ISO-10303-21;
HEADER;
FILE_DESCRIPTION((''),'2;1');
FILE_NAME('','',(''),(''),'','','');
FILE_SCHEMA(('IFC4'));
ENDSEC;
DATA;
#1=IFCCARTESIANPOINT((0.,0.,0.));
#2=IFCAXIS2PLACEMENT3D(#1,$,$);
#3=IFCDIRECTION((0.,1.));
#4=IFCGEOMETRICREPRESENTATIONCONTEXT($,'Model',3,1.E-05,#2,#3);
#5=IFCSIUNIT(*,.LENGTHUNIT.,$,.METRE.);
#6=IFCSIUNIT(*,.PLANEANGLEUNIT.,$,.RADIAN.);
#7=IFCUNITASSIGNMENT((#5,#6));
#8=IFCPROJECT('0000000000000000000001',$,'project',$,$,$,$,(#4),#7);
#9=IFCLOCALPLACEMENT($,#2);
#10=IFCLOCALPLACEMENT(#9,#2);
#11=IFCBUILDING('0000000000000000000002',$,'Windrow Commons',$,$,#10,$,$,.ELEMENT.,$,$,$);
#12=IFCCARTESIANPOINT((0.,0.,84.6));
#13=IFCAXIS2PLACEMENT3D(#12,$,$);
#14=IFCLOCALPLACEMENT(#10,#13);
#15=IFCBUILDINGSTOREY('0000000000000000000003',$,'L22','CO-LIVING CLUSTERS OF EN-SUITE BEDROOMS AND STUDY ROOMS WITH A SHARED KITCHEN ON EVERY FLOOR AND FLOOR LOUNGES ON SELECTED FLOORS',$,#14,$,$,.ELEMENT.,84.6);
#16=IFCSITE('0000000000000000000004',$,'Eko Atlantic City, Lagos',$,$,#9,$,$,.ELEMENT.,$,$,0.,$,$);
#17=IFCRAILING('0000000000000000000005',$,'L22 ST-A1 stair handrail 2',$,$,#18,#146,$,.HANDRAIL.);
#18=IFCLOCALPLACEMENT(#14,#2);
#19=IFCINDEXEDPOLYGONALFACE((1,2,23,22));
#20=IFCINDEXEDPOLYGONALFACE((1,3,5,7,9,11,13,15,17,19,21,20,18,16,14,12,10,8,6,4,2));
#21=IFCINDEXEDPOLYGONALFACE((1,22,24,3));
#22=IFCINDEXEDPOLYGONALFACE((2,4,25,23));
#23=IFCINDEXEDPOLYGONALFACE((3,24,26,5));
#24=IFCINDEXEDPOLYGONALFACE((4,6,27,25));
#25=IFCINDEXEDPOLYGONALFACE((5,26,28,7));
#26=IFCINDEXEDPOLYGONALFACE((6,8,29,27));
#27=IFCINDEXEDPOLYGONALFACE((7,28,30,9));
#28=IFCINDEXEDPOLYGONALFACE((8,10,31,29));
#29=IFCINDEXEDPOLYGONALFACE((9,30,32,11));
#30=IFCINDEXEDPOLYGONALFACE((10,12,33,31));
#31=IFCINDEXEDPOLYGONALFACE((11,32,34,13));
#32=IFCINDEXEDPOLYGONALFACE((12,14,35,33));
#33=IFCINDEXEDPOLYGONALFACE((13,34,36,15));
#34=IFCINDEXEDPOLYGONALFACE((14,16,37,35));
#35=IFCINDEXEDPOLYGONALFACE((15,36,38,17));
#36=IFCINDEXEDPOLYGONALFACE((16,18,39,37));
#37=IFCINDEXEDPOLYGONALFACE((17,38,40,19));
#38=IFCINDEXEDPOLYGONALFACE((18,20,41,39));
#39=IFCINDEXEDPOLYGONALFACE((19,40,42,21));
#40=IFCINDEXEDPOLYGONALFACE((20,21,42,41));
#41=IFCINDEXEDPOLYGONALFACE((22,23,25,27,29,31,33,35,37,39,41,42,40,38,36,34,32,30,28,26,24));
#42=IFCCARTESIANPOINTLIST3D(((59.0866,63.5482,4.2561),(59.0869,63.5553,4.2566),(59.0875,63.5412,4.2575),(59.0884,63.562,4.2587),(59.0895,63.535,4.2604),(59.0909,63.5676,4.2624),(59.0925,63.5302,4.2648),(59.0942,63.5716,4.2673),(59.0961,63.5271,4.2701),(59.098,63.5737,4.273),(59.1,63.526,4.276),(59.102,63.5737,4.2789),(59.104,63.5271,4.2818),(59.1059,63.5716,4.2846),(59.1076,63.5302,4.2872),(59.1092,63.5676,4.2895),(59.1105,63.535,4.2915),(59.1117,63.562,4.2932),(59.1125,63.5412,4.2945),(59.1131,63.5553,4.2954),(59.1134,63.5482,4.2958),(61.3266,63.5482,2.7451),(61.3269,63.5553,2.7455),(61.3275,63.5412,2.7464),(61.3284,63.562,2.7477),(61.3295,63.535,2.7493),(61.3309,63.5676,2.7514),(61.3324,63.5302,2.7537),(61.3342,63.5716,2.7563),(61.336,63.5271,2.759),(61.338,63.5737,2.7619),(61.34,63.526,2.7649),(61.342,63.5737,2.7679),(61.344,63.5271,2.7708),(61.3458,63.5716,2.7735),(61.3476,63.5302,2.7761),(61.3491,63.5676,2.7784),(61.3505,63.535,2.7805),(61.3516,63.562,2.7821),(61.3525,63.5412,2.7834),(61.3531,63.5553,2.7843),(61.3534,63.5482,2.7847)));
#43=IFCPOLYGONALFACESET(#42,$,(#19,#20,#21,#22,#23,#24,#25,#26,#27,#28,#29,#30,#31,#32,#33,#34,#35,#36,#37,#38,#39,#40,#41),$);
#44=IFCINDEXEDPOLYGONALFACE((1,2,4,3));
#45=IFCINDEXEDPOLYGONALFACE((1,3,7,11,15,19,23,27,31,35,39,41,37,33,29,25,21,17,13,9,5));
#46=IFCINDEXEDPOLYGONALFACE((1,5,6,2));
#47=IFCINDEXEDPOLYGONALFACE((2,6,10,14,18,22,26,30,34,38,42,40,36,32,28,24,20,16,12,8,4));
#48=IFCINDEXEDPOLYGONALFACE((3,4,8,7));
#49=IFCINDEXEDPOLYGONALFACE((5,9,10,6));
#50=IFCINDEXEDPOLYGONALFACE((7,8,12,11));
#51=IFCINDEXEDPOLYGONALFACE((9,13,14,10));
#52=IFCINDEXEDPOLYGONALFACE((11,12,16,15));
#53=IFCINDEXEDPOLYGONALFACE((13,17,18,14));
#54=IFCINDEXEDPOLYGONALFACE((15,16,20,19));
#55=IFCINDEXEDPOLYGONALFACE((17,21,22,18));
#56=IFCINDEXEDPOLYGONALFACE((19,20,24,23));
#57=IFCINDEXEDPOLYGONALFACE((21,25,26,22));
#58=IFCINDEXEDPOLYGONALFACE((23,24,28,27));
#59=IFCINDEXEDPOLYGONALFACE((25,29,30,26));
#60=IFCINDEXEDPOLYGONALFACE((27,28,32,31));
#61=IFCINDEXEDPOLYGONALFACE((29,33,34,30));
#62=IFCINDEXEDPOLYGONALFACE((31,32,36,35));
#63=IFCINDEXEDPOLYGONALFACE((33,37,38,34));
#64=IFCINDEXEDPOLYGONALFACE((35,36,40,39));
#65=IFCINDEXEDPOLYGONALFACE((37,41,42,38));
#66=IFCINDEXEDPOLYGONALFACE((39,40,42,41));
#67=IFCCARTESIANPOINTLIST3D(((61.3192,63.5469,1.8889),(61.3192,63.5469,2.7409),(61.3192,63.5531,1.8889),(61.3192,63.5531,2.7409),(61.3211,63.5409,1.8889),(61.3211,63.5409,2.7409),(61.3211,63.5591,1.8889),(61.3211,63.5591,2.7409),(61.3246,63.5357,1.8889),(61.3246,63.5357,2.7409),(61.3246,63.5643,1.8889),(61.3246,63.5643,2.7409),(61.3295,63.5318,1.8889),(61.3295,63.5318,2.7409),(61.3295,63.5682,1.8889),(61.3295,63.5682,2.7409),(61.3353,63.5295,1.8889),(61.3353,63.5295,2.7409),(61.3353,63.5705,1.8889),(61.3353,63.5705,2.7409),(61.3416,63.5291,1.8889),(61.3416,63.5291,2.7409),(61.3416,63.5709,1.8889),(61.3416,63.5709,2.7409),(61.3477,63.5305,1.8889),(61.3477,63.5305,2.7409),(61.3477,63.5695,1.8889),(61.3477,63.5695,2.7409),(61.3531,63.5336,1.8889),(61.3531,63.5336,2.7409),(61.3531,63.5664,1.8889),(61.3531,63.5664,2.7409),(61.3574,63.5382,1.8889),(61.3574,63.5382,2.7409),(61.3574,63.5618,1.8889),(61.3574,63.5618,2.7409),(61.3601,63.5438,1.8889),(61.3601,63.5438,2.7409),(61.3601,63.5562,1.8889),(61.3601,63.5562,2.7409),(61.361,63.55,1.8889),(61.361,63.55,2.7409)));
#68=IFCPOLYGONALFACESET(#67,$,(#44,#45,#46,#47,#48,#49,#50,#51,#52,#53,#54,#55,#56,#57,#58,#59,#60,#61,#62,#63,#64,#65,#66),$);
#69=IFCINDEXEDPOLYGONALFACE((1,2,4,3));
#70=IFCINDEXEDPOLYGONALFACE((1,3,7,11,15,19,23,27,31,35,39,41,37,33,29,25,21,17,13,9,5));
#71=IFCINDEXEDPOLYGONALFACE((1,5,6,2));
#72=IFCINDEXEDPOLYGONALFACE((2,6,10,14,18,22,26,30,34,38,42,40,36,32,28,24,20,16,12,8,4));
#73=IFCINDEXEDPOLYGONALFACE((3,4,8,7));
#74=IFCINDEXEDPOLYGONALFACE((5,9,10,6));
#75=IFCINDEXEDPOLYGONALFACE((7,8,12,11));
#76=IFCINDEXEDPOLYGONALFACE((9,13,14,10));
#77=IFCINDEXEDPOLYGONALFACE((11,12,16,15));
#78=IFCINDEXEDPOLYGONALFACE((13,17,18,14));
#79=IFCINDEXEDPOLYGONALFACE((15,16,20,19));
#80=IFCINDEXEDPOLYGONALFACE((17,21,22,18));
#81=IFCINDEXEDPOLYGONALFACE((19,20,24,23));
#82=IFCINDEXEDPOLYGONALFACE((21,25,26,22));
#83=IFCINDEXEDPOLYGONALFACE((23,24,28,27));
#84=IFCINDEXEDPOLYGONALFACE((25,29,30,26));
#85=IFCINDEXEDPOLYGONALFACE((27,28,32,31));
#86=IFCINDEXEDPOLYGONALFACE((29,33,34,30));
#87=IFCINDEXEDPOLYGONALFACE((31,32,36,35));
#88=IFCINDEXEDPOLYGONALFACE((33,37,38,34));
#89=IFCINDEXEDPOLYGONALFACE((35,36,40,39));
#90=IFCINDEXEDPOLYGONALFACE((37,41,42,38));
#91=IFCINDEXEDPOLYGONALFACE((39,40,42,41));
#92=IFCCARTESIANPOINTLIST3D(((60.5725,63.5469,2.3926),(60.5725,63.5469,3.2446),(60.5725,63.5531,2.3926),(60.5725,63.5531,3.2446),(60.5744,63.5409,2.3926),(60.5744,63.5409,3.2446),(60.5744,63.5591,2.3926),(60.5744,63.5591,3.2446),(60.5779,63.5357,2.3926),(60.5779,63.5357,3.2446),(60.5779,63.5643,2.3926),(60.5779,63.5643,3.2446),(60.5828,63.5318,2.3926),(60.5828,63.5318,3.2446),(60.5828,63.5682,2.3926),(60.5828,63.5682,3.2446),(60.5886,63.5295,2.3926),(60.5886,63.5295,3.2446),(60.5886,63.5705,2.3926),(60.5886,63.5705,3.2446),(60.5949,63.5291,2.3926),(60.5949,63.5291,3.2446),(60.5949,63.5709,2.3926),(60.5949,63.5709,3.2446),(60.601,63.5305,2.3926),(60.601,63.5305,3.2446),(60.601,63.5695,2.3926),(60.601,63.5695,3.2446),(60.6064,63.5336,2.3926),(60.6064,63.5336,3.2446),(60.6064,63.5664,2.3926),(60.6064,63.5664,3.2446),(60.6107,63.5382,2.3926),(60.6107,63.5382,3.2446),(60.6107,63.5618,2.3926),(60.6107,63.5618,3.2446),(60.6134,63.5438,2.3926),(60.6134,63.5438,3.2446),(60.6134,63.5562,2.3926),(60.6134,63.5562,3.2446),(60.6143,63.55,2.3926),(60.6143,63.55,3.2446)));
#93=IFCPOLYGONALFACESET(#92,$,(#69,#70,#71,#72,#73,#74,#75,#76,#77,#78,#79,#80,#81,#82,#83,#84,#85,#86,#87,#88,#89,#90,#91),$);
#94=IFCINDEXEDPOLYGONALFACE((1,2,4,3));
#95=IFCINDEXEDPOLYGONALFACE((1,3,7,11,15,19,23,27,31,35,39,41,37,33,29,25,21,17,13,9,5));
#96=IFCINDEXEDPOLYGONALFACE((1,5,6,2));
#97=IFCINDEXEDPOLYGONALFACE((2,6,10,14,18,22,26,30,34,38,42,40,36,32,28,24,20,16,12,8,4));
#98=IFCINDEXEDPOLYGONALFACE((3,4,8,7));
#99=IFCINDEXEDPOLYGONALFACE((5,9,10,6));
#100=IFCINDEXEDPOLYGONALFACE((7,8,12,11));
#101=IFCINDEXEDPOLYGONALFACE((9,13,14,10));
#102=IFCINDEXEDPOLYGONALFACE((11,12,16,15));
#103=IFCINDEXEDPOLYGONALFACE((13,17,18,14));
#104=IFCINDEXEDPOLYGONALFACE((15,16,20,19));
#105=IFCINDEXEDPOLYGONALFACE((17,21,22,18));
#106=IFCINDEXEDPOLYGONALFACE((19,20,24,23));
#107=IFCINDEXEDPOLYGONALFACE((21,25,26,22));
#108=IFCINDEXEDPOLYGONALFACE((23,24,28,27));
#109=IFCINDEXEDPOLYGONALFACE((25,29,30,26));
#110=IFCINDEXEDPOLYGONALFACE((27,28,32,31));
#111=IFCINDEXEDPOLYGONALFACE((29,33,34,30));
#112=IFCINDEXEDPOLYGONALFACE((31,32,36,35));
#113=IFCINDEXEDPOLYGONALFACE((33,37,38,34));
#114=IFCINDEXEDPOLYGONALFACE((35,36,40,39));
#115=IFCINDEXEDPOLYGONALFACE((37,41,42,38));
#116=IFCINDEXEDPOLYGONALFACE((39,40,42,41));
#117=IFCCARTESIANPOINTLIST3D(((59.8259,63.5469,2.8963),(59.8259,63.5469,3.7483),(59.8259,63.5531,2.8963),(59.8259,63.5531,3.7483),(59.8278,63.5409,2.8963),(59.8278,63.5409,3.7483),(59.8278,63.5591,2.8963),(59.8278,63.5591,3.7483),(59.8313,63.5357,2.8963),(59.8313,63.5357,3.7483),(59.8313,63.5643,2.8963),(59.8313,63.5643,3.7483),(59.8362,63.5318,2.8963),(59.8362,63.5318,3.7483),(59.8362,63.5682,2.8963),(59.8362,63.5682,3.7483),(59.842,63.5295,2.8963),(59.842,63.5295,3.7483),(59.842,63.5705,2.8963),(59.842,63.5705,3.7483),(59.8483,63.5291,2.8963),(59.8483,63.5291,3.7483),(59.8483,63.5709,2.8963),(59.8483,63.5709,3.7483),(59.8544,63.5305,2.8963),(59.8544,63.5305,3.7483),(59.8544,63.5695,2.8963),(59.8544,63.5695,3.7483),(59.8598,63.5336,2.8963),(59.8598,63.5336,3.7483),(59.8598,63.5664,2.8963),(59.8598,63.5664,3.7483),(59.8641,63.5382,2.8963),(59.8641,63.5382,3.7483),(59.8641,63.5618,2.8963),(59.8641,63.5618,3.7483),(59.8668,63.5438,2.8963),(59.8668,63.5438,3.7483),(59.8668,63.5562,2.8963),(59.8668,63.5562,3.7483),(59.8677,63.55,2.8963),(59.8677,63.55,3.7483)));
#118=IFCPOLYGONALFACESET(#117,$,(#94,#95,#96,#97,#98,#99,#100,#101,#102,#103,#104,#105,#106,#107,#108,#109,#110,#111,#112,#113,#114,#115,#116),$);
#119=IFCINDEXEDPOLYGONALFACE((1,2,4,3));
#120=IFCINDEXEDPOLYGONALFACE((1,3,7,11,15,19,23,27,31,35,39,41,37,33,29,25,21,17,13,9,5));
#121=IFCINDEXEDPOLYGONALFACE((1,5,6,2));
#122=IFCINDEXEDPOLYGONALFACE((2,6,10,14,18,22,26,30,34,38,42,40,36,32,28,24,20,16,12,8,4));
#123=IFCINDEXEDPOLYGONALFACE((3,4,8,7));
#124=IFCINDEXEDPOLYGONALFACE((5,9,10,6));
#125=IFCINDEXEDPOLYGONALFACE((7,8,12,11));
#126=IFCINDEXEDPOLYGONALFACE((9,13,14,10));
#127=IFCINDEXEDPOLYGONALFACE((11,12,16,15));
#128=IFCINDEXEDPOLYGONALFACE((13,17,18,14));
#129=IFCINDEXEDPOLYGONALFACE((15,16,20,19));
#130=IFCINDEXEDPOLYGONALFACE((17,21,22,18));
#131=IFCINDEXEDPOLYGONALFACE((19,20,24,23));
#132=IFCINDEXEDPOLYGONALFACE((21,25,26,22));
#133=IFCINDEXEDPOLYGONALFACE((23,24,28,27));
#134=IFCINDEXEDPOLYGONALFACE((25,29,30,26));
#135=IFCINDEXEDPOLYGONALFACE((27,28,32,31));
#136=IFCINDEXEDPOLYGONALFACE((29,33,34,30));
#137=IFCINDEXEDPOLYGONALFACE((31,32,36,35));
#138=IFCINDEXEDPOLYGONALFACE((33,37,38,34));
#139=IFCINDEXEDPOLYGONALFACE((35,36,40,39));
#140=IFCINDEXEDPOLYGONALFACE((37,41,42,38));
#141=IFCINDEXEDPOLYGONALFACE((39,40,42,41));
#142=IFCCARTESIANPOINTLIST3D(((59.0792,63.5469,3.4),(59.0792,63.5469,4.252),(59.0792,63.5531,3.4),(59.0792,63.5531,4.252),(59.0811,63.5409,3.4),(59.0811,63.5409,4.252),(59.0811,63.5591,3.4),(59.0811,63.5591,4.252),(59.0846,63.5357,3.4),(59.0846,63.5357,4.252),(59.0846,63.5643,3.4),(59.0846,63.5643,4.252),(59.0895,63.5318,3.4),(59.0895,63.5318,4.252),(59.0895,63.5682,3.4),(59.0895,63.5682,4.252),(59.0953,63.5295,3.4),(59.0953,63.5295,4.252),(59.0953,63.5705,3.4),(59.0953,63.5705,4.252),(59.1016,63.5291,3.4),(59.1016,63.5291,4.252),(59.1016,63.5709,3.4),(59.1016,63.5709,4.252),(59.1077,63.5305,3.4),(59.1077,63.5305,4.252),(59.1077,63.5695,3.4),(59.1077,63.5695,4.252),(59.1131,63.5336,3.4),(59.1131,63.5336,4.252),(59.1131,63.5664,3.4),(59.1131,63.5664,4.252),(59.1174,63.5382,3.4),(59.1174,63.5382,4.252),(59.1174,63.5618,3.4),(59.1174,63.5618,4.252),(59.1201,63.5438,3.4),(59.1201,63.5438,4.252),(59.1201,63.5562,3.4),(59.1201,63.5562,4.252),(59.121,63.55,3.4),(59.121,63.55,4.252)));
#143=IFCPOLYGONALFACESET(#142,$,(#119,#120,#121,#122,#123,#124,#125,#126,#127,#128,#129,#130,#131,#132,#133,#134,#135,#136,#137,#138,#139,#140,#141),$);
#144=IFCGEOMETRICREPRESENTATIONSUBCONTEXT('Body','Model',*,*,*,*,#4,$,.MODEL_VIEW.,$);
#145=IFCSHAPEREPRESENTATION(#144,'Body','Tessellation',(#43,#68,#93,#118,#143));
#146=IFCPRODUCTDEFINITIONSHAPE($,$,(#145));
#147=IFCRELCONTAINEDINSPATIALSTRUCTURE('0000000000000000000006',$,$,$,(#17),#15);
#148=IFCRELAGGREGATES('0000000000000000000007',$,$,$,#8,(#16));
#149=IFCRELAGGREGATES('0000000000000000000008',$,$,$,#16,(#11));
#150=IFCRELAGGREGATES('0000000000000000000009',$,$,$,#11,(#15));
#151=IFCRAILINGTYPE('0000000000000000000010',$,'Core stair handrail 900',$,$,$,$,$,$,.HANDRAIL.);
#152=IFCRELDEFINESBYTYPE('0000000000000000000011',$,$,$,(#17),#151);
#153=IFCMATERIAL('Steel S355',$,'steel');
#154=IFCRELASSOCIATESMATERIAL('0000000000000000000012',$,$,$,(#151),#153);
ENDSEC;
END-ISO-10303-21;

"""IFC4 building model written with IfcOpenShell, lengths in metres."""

from ifc_helpers import new_model, si_unit, direction, frame, origin, origin_2d, place, context, subcontext, project, spatial, circle, extrude, material, type_object, element, save


model = new_model("IFC4")

# Units and contexts
model_context = context("Model", 3, precision=1e-05, world=origin(), true_north=direction((0.0, 1.0)))
body_context = subcontext(model_context, "Body", "Model", "MODEL_VIEW")
ifc_project = project(units=[si_unit("LENGTHUNIT", "METRE"), si_unit("PLANEANGLEUNIT", "RADIAN")], contexts=[model_context])

# Site, building, storey
site_placement = place(None, origin())
site = spatial("IfcSite", under=ifc_project, at=site_placement, Name="Eko Atlantic City, Lagos", CompositionType="ELEMENT", RefElevation=0.0)
building_placement = place(site_placement, origin())
building = spatial("IfcBuilding", under=site, at=building_placement, Name="Windrow Commons", CompositionType="ELEMENT")
storey_placement = place(building_placement, frame((0.0, 0.0, 84.6)))
storey = spatial("IfcBuildingStorey", under=building, at=storey_placement, Name="L22", Description="CO-LIVING CLUSTERS OF EN-SUITE BEDROOMS AND STUDY ROOMS WITH A SHARED KITCHEN ON EVERY FLOOR AND FLOOR LOUNGES ON SELECTED FLOORS", CompositionType="ELEMENT", Elevation=84.6)

# Railing
ifc_material_1 = material(Name="Steel S355", Category="steel")
railing_type_1 = type_object("IfcRailingType", Name="Core stair handrail 900", PredefinedType="HANDRAIL", material=ifc_material_1)
for number, where, name in (
    (1, (61.34, 63.55, 1.8889), "L22 ST-A1 stair handrail 2"),
):
    element("IfcRailing", number, at=place(storey_placement, frame(where)), inside=storey, type_object=railing_type_1, Name=name, PredefinedType="HANDRAIL", context=body_context, shape_type="SweptSolid", body=[
        extrude(circle(Radius=0.024, at=origin_2d()), frame((0.0, 0.0, 0.876), z_axis=(-0.829003, 0.0, 0.559244), x_axis=(0.0, -1.0, 0.0)), (0.0, 0.0, 1.0), 2.702),
        extrude(circle(Radius=0.021, at=origin_2d()), origin(), (0.0, 0.0, 1.0), 0.852),
        extrude(circle(Radius=0.021, at=origin_2d()), frame((-0.7467, 0.0, 0.5037)), (0.0, 0.0, 1.0), 0.852),
        extrude(circle(Radius=0.021, at=origin_2d()), frame((-1.4933, 0.0, 1.0074)), (0.0, 0.0, 1.0), 0.852),
        extrude(circle(Radius=0.021, at=origin_2d()), frame((-2.24, 0.0, 1.5111)), (0.0, 0.0, 1.0), 0.852),
    ])

save(model, "model.ifc")
